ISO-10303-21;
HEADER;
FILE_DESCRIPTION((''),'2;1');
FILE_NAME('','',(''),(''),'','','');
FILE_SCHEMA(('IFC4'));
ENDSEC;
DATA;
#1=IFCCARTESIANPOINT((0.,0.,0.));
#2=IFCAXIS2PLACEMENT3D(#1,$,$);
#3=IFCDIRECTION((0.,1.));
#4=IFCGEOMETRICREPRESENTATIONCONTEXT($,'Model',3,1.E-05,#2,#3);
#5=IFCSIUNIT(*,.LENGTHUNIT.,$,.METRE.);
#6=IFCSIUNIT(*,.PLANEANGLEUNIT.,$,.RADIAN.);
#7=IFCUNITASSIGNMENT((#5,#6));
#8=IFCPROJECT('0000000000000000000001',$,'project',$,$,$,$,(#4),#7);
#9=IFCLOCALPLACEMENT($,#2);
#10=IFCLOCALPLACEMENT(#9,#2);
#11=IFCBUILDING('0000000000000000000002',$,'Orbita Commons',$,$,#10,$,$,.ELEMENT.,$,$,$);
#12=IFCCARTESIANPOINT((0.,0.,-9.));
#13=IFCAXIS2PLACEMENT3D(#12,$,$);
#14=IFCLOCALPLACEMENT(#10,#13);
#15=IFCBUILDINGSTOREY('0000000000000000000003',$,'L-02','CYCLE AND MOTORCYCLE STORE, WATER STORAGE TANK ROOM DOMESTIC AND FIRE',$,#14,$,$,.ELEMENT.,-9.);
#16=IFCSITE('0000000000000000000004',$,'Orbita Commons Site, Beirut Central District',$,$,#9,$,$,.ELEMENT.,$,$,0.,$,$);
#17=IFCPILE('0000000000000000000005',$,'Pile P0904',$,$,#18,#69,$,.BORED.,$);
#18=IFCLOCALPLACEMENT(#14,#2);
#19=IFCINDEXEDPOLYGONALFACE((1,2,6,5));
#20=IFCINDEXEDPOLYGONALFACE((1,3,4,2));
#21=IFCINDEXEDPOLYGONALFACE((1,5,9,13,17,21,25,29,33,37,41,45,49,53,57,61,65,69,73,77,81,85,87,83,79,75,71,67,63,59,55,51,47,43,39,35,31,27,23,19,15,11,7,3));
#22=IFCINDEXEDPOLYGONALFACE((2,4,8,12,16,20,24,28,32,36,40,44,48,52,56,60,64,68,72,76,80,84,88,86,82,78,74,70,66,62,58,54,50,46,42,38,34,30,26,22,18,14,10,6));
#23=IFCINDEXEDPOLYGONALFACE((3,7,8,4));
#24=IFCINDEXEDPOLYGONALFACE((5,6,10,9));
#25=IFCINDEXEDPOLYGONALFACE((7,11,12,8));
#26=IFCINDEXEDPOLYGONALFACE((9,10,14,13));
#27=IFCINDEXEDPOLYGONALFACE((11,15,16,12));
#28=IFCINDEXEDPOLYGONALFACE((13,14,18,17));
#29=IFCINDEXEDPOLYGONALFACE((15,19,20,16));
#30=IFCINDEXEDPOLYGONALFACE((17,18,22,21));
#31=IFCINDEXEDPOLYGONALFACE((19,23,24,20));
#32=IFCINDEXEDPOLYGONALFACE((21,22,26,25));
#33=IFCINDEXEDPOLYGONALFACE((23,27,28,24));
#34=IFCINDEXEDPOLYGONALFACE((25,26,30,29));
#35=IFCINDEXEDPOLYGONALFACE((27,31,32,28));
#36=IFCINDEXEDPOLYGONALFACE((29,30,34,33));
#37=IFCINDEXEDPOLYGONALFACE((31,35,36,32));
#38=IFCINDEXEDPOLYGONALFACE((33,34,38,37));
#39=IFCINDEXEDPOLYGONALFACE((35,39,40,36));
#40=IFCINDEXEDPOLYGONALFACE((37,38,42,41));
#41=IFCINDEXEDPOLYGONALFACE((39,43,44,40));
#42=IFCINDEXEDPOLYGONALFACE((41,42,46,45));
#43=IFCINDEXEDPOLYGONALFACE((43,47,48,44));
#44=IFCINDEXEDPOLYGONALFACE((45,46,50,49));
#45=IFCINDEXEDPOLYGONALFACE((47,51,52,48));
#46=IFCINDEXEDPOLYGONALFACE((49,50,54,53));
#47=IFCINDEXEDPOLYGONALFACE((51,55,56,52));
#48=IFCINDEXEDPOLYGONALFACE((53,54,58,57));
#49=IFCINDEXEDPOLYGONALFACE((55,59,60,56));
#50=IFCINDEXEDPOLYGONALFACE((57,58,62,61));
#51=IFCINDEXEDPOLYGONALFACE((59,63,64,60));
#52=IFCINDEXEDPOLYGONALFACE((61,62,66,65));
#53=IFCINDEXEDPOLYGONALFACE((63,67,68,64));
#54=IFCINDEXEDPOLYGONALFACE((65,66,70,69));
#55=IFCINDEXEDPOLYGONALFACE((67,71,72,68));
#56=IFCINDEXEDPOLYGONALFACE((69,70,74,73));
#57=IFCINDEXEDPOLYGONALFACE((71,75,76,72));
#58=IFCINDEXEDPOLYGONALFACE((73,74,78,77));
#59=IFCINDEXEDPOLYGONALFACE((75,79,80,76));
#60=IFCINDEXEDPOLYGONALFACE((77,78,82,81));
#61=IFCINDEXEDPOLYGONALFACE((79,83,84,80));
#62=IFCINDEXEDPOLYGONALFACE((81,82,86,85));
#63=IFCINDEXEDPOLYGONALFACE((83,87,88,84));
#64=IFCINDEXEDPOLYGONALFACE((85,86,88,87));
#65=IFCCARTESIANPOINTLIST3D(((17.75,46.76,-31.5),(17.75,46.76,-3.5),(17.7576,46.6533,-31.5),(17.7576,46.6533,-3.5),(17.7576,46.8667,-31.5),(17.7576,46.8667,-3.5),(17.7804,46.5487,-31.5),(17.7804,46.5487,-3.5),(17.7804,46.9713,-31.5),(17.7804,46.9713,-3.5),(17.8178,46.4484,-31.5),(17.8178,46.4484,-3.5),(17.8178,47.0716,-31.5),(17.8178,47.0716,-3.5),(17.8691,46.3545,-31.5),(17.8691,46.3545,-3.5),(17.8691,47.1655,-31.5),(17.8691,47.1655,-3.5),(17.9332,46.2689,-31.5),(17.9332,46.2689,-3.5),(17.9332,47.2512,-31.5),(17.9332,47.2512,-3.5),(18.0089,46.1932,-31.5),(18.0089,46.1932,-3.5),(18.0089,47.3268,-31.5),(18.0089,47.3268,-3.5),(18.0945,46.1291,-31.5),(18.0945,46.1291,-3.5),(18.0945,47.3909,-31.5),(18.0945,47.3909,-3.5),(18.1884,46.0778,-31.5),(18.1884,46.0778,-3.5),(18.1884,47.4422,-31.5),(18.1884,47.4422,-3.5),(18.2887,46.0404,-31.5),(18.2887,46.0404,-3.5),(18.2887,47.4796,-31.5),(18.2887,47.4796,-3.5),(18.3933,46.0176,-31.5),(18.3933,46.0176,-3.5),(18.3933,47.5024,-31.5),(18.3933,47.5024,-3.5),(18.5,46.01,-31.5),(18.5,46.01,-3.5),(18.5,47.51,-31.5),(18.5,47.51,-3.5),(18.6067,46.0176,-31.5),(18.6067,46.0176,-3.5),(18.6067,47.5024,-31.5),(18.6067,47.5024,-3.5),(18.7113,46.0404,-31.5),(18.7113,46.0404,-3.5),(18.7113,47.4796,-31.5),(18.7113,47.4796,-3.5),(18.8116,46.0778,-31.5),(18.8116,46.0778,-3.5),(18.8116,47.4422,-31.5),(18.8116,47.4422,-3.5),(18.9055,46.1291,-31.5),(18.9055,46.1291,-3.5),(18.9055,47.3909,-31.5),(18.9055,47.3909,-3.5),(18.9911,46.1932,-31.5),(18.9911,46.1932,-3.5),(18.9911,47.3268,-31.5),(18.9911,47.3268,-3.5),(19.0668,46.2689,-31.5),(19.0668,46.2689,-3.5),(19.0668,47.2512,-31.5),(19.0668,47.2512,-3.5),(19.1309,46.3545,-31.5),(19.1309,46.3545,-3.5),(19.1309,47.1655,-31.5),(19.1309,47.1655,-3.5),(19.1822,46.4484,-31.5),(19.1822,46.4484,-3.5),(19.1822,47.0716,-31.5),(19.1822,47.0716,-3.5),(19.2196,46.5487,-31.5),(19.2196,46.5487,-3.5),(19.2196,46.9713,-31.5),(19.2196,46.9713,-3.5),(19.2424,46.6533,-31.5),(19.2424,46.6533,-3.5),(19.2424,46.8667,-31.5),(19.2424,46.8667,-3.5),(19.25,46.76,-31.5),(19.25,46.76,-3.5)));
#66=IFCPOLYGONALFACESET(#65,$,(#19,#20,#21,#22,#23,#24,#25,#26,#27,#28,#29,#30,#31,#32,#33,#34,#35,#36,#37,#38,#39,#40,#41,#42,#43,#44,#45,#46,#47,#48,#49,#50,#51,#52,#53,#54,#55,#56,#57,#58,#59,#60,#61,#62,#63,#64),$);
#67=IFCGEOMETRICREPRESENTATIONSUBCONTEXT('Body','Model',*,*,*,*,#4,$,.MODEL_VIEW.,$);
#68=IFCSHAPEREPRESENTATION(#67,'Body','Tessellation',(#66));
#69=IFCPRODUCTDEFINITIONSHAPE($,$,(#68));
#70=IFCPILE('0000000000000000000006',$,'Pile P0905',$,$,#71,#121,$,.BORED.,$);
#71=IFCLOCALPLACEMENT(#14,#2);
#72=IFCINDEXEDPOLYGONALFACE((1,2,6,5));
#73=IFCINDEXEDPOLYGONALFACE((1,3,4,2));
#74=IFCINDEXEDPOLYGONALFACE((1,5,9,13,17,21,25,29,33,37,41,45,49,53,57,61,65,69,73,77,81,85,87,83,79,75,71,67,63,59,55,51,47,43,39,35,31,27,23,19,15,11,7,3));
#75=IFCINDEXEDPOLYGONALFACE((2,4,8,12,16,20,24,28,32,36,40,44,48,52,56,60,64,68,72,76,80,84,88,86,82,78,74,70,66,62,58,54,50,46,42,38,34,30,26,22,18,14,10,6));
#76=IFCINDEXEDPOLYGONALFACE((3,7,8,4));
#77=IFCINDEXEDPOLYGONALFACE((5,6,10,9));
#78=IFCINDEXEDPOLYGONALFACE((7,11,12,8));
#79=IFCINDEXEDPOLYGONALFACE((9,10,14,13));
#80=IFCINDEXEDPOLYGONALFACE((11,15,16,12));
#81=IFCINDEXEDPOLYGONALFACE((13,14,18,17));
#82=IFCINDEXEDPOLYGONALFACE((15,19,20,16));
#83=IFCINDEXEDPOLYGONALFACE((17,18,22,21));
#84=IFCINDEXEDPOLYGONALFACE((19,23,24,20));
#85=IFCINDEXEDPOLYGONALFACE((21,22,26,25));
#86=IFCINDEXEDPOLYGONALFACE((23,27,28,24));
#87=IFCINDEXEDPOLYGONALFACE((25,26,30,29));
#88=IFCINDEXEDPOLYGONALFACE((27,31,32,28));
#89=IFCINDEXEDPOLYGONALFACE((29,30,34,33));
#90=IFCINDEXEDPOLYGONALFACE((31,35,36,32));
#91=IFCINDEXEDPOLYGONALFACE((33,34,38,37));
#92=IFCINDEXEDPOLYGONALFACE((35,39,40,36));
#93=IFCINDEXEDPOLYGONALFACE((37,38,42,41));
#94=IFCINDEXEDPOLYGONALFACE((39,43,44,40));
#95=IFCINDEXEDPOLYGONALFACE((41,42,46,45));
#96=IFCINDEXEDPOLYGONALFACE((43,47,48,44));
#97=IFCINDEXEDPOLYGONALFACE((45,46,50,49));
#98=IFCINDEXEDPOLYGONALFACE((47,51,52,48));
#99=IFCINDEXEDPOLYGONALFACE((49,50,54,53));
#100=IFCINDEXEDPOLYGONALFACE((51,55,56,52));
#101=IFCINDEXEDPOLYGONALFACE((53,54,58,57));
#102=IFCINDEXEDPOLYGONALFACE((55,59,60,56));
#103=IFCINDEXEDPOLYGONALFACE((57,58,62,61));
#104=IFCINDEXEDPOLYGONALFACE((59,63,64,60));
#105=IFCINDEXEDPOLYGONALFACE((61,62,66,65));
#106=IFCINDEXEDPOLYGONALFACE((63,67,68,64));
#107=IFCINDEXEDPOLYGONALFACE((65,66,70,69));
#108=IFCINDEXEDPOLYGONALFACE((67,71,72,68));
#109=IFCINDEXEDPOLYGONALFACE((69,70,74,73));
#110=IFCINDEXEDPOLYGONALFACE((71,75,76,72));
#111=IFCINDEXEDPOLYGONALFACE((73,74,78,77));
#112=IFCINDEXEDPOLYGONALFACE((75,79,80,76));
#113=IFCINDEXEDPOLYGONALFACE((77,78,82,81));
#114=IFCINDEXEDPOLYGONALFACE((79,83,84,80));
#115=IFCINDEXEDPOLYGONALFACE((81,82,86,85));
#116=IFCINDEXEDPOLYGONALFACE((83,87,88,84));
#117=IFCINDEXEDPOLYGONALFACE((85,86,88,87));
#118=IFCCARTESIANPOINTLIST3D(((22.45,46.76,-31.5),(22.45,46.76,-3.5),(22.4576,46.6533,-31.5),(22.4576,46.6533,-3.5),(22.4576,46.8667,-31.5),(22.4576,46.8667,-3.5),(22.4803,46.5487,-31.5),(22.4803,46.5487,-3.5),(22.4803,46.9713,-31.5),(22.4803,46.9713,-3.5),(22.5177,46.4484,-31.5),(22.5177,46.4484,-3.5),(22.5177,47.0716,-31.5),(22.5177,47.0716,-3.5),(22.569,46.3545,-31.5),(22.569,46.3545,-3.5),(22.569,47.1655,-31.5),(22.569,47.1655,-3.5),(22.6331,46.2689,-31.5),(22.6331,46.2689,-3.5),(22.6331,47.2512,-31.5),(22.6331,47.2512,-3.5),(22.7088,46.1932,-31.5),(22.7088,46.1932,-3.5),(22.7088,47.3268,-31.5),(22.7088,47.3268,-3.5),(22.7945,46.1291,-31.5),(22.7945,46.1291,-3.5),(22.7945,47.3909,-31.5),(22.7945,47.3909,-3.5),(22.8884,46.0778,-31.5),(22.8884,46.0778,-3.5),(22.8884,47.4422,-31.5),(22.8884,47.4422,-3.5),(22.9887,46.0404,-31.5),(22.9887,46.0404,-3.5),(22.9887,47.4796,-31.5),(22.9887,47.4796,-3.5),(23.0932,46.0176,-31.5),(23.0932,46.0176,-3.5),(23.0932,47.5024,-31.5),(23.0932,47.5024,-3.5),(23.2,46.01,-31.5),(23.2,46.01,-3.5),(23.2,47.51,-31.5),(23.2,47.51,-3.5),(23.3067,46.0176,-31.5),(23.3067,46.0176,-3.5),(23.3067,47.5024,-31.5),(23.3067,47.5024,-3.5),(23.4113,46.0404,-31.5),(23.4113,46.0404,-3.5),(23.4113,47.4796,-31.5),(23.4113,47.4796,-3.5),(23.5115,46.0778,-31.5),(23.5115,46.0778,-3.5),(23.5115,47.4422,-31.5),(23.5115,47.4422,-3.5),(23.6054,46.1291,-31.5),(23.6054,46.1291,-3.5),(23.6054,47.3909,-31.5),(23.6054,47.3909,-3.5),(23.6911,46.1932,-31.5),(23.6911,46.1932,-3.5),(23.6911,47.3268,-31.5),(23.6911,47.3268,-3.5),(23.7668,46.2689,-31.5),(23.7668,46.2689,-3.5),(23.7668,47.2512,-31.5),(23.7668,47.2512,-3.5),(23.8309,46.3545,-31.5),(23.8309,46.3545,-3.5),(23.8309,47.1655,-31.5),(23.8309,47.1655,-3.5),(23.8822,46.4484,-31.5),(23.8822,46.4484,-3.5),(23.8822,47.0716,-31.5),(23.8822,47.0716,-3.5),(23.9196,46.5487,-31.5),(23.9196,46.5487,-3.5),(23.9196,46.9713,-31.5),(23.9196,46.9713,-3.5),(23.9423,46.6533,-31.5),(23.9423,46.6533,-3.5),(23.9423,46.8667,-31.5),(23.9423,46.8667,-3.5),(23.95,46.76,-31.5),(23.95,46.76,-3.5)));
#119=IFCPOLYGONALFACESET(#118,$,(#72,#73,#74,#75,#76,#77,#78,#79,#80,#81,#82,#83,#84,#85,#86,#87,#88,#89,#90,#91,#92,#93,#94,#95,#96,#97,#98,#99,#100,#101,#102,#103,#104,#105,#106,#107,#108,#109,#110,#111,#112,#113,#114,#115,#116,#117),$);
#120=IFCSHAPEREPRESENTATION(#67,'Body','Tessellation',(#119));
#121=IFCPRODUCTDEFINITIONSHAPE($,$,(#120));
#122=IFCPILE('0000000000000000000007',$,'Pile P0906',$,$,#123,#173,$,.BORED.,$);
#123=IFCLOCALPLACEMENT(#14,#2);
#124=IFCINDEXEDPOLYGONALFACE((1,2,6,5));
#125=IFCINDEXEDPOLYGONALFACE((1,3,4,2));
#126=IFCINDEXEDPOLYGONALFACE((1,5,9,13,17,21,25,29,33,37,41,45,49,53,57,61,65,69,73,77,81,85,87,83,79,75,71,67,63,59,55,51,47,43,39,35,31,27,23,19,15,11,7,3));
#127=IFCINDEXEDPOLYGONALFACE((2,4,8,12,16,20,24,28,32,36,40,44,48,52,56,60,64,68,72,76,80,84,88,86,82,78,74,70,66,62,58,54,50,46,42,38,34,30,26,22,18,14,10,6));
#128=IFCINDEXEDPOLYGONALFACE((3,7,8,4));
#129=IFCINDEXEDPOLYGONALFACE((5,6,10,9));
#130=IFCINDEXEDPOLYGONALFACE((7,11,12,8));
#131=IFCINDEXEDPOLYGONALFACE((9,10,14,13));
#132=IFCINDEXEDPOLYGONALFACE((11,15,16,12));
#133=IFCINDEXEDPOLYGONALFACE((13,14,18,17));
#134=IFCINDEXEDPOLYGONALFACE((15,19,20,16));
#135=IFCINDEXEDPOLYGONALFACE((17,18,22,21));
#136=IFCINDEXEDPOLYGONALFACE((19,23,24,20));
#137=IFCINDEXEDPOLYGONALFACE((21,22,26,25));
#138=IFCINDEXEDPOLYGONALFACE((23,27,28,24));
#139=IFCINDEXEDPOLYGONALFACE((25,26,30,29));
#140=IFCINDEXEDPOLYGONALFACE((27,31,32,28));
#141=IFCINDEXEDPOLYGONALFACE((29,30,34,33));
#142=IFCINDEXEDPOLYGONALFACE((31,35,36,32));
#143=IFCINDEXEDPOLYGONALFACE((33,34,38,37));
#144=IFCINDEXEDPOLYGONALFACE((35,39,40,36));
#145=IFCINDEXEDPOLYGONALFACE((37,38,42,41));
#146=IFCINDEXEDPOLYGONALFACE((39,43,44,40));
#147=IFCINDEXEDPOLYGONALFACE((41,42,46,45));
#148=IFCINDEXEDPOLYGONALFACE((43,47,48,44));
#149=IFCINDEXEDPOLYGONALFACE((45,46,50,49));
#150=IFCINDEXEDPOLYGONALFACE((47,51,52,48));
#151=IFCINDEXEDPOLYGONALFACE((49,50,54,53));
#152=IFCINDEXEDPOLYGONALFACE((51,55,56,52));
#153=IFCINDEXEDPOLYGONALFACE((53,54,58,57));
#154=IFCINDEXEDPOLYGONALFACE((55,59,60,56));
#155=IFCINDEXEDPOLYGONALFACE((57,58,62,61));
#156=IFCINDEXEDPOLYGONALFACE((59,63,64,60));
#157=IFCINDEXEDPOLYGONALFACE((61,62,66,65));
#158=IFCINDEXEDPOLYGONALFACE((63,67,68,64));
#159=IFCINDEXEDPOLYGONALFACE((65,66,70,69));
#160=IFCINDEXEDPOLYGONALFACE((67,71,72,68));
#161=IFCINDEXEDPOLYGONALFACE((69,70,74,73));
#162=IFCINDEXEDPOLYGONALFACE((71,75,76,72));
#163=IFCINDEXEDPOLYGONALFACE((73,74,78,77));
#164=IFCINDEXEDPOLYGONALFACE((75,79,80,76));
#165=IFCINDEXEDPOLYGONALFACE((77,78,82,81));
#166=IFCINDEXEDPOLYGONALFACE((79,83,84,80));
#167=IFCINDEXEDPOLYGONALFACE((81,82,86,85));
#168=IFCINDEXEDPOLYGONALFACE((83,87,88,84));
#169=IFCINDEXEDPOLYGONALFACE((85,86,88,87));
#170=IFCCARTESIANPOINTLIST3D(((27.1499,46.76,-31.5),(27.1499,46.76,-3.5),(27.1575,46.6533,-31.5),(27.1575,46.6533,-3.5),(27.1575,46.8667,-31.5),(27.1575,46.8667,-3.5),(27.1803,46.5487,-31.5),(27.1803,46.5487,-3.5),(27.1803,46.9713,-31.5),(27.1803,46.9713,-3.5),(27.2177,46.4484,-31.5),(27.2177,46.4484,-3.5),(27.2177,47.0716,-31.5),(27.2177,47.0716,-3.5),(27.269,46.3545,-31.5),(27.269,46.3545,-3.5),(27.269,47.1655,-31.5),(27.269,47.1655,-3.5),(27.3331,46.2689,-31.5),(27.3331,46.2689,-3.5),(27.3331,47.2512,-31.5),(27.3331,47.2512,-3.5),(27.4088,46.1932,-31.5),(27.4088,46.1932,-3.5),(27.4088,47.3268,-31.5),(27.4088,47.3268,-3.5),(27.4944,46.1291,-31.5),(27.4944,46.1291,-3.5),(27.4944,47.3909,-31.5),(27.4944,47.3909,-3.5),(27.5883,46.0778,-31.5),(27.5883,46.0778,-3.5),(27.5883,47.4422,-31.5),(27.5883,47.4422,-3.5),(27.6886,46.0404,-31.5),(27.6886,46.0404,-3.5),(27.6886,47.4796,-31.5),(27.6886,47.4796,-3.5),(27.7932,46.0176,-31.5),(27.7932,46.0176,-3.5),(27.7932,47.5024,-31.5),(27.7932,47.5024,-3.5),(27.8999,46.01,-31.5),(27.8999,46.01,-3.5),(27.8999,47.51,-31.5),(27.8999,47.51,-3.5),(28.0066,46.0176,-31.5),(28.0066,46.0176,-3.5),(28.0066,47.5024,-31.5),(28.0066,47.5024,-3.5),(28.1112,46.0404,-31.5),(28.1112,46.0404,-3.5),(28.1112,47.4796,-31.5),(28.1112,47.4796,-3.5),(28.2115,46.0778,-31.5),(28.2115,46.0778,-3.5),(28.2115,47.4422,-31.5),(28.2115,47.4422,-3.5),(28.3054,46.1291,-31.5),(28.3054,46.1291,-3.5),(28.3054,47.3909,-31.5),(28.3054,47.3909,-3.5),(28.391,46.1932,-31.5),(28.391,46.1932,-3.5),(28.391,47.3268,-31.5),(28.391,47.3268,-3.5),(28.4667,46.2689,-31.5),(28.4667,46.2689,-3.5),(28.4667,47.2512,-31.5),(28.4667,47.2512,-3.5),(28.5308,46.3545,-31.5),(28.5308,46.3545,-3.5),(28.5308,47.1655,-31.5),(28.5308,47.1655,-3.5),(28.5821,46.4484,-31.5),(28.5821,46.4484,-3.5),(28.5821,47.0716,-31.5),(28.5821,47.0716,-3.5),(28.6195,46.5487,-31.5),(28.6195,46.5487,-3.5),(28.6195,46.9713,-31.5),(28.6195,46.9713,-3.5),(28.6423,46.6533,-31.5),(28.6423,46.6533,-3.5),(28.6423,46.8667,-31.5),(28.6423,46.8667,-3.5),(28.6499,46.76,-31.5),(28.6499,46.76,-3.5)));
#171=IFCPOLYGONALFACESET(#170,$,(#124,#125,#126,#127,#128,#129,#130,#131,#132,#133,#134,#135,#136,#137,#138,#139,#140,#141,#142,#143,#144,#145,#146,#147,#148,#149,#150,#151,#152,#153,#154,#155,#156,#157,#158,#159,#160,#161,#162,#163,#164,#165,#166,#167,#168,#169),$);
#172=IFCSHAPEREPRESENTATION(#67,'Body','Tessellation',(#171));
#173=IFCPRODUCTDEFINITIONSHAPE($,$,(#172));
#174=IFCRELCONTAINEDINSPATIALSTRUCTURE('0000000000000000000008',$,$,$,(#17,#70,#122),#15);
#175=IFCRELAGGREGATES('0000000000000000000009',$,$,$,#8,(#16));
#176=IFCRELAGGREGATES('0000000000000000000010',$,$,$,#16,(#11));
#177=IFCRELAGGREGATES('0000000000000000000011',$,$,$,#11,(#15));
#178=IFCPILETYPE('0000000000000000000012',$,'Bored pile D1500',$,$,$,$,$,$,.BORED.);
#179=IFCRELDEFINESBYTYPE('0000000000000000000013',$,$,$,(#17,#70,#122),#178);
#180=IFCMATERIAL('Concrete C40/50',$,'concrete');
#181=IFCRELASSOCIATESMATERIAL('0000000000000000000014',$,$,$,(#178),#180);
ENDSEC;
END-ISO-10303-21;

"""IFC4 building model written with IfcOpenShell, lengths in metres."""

from ifc_helpers import new_model, si_unit, direction, frame, origin, origin_2d, place, context, subcontext, project, spatial, circle, extrude, material, material_profile, profile_set, type_object, element, save


model = new_model("IFC4")

# Units and contexts
model_context = context("Model", 3, precision=1e-05, world=origin(), true_north=direction((0.0, 1.0)))
body_context = subcontext(model_context, "Body", "Model", "MODEL_VIEW")
ifc_project = project(units=[si_unit("LENGTHUNIT", "METRE"), si_unit("PLANEANGLEUNIT", "RADIAN")], contexts=[model_context])

# Site, building, storey
site_placement = place(None, origin())
site = spatial("IfcSite", under=ifc_project, at=site_placement, Name="Orbita Commons Site, Beirut Central District", CompositionType="ELEMENT", RefElevation=0.0)
building_placement = place(site_placement, origin())
building = spatial("IfcBuilding", under=site, at=building_placement, Name="Orbita Commons", CompositionType="ELEMENT")
storey_placement = place(building_placement, frame((0.0, 0.0, -9.0)))
storey = spatial("IfcBuildingStorey", under=building, at=storey_placement, Name="L-02", Description="CYCLE AND MOTORCYCLE STORE, WATER STORAGE TANK ROOM DOMESTIC AND FIRE", CompositionType="ELEMENT", Elevation=-9.0)

# Piles
ifc_material_1 = material(Name="Concrete C40/50", Category="concrete")
ifc_material_profile = material_profile(ifc_material_1, circle(Radius=0.75, at=origin_2d()), Name="RC D1500")
ifc_profile_set = profile_set([ifc_material_profile], Name="Concrete C40/50")
pile_type = type_object("IfcPileType", Name="Bored pile D1500", PredefinedType="BORED", material=ifc_profile_set)
for number, where, z_axis, x_axis, name in (
    (1, (18.5, 46.76, -3.5), (0.0, 0.0, -1.0), (1.0, 0.0, 0.0), "Pile P0904"),
    (2, (23.2, 46.76, -3.5), (0.0, 0.0, -1.0), (1.0, 0.0, 0.0), "Pile P0905"),
    (3, (27.8999, 46.76, -3.5), (0.0, 0.0, -1.0), (1.0, 0.0, 0.0), "Pile P0906"),
):
    element("IfcPile", number, at=place(storey_placement, frame(where, z_axis=z_axis, x_axis=x_axis)), inside=storey, type_object=pile_type, Name=name, PredefinedType="BORED", context=body_context, shape_type="SweptSolid", body=[
        extrude(circle(Radius=0.75, at=origin_2d()), origin(), (0.0, 0.0, 1.0), 28.0),
    ])

save(model, "model.ifc")
